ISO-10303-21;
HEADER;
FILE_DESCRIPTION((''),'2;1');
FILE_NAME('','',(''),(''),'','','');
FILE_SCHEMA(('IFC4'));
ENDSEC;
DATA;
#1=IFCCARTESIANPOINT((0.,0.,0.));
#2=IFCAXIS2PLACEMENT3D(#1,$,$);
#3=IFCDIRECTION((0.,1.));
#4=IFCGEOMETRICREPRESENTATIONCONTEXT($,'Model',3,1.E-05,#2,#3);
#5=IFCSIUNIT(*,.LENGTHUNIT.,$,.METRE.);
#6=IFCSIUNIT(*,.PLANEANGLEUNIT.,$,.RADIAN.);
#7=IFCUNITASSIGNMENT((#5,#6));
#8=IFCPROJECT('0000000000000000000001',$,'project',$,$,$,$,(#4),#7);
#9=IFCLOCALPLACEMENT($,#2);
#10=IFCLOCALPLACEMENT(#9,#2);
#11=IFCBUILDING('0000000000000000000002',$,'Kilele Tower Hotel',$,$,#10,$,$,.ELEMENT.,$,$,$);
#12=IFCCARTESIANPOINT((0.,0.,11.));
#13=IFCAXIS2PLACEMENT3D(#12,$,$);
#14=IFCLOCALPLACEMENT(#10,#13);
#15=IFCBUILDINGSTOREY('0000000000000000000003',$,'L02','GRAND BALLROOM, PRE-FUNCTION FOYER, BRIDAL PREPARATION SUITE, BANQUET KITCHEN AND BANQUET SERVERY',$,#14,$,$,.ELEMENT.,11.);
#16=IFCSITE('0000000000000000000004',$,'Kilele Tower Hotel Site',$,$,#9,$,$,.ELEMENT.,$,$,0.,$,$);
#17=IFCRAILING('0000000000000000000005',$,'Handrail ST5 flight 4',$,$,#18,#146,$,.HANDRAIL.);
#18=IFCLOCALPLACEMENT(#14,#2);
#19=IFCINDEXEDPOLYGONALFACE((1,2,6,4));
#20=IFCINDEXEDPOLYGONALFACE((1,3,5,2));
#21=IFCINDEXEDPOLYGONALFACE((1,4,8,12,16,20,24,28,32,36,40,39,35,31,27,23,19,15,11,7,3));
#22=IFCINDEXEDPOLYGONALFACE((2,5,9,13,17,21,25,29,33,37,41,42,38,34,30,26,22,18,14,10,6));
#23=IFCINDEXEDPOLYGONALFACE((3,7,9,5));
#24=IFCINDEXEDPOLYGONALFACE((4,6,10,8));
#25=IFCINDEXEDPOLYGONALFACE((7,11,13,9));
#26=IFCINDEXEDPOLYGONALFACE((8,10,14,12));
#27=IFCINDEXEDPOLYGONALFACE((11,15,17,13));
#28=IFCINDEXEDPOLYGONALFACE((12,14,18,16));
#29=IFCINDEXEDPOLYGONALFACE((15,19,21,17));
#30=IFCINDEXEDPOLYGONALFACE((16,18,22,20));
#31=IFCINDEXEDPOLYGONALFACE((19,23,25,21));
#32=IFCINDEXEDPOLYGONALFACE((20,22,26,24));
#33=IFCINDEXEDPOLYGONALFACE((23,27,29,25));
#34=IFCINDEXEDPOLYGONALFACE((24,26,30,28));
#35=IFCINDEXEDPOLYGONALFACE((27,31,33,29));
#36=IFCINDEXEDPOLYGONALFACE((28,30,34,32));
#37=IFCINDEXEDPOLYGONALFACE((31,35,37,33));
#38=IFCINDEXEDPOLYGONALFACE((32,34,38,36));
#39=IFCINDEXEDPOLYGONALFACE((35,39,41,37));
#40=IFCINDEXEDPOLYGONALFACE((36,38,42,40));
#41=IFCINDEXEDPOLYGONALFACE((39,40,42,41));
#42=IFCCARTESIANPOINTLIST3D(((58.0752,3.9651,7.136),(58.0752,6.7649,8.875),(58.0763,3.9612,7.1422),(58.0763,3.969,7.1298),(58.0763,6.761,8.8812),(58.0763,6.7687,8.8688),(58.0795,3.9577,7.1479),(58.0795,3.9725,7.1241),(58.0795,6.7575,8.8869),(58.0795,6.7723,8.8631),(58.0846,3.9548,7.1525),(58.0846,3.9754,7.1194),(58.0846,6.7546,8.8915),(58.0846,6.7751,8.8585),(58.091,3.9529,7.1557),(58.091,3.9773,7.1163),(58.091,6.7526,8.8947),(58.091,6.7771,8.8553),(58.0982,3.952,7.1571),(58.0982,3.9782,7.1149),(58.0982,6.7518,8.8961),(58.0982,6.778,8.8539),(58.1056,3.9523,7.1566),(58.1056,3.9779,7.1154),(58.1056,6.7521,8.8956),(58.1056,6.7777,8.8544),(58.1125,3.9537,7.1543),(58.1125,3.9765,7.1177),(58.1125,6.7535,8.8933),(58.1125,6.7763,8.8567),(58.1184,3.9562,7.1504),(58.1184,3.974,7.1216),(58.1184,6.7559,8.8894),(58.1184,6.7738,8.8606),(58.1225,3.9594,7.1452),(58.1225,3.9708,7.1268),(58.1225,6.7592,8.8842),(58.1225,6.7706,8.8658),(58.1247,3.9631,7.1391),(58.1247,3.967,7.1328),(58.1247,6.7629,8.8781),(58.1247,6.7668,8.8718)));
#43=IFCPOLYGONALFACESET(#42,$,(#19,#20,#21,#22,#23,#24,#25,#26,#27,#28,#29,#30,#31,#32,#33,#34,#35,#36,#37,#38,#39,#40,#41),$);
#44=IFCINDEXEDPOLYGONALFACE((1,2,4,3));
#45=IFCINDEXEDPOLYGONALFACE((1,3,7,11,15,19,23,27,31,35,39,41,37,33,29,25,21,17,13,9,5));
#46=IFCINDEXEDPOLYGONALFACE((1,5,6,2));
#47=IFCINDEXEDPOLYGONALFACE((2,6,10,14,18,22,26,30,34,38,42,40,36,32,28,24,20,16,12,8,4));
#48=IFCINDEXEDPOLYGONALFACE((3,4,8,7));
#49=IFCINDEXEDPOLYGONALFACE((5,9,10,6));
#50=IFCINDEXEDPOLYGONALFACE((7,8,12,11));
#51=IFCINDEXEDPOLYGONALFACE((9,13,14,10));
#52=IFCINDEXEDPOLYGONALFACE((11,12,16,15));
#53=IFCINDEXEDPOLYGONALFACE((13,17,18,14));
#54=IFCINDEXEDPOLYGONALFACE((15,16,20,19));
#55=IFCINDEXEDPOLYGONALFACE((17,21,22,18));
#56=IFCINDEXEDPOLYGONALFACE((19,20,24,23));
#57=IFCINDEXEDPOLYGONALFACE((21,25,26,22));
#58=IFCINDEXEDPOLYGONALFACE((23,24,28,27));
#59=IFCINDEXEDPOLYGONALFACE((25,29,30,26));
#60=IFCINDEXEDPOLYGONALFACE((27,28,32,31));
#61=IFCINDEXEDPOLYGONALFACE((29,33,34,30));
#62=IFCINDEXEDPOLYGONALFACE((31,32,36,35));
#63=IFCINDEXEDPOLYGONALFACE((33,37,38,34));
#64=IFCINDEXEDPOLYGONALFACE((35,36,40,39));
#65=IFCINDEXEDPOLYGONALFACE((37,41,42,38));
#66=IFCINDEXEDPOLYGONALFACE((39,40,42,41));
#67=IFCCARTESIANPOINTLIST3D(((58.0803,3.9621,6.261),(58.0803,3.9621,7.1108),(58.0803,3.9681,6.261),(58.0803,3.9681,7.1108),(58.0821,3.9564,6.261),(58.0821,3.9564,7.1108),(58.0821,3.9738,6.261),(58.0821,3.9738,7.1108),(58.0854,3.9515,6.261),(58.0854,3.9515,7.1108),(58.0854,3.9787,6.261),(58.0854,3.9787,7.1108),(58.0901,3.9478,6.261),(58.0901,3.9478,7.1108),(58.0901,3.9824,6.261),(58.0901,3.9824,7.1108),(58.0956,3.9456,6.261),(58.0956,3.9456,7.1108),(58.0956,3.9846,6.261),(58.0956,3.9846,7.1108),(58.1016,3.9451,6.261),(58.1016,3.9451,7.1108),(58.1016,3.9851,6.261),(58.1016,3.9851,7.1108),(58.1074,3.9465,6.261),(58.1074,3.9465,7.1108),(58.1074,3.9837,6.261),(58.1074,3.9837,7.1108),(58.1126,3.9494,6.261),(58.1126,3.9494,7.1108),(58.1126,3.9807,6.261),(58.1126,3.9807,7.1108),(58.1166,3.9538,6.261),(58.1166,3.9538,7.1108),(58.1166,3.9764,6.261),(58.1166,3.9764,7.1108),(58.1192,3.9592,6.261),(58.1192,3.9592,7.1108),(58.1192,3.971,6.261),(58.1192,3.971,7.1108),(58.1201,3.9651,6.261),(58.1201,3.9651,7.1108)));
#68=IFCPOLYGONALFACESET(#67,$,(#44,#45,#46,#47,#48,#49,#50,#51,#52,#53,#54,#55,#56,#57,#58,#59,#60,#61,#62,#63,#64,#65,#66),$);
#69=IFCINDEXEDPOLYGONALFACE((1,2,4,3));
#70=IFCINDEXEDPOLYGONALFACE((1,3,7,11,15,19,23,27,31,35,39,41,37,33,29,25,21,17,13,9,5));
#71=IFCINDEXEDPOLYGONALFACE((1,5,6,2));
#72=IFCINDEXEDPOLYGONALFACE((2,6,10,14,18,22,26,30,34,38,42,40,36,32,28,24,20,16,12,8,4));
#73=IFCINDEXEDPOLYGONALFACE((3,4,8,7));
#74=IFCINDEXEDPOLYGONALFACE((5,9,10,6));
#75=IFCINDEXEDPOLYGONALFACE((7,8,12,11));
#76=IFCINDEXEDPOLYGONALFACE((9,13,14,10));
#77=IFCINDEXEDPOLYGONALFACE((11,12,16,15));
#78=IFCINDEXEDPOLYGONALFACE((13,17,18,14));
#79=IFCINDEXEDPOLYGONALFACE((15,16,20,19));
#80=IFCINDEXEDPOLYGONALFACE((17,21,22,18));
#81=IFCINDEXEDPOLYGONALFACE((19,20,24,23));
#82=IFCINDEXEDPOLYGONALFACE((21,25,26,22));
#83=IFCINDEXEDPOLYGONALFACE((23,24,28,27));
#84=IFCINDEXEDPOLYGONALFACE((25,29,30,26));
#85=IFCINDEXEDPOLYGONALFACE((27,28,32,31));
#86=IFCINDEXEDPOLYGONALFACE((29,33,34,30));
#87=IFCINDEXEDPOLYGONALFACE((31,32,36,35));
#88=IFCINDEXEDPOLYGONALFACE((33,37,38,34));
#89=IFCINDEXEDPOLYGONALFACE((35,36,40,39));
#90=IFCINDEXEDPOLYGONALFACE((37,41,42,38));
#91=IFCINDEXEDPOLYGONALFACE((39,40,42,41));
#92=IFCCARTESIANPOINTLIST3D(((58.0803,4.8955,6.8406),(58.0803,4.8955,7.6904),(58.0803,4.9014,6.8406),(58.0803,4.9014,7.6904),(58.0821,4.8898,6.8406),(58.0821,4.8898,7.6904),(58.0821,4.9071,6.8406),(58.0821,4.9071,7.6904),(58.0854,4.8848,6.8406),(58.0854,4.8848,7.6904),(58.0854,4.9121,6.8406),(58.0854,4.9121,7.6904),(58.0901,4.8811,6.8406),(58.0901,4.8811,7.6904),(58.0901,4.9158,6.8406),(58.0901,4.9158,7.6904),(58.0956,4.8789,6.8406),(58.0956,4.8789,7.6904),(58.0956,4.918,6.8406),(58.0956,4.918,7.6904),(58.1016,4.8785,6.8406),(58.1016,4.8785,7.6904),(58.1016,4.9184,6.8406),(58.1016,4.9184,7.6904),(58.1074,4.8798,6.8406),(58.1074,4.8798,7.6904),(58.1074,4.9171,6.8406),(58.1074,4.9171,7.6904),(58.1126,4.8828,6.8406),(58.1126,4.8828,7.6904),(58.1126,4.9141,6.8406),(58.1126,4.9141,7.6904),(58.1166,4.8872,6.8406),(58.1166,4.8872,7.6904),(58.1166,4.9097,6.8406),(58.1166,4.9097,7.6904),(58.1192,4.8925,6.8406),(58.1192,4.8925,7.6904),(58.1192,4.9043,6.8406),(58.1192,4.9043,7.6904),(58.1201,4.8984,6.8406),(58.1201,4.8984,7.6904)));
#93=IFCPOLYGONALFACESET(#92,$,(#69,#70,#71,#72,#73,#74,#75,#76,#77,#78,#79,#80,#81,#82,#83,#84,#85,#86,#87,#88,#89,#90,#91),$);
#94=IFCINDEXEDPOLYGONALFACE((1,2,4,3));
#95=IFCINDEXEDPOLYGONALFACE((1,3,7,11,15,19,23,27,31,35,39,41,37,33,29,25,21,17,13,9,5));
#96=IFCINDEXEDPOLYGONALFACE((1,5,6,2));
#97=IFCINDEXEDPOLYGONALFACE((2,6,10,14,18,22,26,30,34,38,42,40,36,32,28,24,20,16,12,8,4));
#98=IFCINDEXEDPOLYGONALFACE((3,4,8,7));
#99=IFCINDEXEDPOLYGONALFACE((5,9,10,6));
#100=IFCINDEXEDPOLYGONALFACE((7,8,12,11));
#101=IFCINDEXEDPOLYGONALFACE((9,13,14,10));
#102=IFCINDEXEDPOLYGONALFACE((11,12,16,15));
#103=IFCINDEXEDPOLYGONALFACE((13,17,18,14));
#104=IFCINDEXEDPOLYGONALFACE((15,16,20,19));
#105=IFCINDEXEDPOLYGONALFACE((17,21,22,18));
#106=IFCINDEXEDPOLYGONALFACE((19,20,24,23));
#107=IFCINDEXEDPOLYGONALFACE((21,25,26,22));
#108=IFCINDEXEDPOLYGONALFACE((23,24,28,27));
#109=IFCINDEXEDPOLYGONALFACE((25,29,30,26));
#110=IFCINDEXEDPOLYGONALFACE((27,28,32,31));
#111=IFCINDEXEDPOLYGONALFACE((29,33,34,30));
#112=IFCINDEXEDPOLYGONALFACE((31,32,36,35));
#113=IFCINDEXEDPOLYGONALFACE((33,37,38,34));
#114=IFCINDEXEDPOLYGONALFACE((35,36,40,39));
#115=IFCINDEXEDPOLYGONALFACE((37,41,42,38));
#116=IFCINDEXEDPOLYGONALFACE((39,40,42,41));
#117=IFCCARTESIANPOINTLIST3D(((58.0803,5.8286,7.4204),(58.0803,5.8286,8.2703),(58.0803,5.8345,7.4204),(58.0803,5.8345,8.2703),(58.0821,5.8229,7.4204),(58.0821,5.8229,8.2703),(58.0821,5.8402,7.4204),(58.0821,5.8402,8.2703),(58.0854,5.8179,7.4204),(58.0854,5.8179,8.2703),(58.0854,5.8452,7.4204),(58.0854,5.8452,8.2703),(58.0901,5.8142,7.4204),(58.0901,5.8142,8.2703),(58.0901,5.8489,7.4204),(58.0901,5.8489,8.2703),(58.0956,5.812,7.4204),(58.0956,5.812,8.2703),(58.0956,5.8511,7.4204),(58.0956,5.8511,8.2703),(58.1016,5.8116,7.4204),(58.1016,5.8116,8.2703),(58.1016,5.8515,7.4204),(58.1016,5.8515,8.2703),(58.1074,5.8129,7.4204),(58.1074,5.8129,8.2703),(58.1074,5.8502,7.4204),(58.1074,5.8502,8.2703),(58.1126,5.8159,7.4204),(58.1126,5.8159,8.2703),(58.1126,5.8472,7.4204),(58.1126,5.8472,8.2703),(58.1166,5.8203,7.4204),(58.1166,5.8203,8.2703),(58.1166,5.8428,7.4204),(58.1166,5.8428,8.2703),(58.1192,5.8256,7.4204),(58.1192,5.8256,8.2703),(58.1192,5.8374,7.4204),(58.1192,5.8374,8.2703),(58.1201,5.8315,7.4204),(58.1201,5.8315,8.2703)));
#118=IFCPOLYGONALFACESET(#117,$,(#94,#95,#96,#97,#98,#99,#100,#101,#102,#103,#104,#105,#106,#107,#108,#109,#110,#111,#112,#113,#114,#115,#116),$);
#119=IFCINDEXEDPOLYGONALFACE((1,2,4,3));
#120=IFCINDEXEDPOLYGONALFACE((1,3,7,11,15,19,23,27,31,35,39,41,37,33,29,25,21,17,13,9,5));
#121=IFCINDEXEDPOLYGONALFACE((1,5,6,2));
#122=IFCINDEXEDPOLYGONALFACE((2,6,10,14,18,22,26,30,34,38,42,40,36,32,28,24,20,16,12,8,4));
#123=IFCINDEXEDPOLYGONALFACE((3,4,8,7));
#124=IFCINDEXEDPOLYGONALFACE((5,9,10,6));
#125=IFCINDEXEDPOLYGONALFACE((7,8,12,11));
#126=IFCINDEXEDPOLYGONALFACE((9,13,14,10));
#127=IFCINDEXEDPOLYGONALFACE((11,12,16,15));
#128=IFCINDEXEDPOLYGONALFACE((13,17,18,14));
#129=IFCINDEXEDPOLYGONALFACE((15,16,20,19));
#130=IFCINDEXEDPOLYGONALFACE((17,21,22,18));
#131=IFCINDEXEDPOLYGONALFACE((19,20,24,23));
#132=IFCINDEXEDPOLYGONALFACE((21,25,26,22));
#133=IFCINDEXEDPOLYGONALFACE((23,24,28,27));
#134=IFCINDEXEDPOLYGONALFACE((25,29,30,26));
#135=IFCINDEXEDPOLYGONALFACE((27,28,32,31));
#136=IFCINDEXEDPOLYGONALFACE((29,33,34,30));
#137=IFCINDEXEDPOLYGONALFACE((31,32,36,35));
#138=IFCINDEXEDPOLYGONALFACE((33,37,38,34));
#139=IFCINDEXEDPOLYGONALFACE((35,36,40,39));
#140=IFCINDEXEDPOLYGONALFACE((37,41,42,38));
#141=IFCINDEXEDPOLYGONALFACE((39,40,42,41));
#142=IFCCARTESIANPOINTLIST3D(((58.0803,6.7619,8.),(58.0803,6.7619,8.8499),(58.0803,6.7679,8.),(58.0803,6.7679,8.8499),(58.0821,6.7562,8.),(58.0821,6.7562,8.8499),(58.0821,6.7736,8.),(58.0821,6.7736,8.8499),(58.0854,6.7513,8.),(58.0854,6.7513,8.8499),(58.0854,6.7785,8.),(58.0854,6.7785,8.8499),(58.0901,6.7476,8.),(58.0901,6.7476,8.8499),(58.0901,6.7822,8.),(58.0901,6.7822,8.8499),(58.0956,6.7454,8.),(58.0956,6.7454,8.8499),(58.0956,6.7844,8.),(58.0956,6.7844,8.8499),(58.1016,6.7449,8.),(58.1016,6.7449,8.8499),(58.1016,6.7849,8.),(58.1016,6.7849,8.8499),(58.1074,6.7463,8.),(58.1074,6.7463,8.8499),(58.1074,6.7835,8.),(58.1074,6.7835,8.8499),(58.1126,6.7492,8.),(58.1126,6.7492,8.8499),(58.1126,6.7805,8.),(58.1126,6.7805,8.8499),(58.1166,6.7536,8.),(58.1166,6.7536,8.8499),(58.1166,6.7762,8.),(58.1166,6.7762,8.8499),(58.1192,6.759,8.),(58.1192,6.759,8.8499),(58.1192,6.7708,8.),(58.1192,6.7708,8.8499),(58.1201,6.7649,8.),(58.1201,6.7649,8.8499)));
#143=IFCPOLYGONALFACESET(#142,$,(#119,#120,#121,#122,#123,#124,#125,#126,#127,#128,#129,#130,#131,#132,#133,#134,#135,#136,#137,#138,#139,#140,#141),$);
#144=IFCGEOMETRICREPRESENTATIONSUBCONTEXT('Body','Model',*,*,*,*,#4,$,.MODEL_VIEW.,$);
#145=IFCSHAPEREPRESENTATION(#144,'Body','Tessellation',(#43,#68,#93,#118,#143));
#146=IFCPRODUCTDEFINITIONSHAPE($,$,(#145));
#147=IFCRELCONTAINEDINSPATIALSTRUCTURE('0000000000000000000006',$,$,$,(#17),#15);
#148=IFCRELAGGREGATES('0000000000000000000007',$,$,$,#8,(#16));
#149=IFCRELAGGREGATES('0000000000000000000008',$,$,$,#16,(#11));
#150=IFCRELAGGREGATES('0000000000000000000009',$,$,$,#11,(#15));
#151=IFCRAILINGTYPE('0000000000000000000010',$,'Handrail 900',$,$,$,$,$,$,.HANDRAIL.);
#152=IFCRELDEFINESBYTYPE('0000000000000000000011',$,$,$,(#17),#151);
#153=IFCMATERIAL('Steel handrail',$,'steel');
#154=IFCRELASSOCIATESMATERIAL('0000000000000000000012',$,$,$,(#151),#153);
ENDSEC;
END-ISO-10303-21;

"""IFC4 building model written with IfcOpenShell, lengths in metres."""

from ifc_helpers import new_model, si_unit, direction, frame, origin, origin_2d, place, context, subcontext, project, spatial, circle, extrude, material, type_object, element, save


model = new_model("IFC4")

# Units and contexts
model_context = context("Model", 3, precision=1e-05, world=origin(), true_north=direction((0.0, 1.0)))
body_context = subcontext(model_context, "Body", "Model", "MODEL_VIEW")
ifc_project = project(units=[si_unit("LENGTHUNIT", "METRE"), si_unit("PLANEANGLEUNIT", "RADIAN")], contexts=[model_context])

# Site, building, storey
site_placement = place(None, origin())
site = spatial("IfcSite", under=ifc_project, at=site_placement, Name="Kilele Tower Hotel Site", CompositionType="ELEMENT", RefElevation=0.0)
building_placement = place(site_placement, origin())
building = spatial("IfcBuilding", under=site, at=building_placement, Name="Kilele Tower Hotel", CompositionType="ELEMENT")
storey_placement = place(building_placement, frame((0.0, 0.0, 11.0)))
storey = spatial("IfcBuildingStorey", under=building, at=storey_placement, Name="L02", Description="GRAND BALLROOM, PRE-FUNCTION FOYER, BRIDAL PREPARATION SUITE, BANQUET KITCHEN AND BANQUET SERVERY", CompositionType="ELEMENT", Elevation=11.0)

# Railing
ifc_material_1 = material(Name="Steel handrail", Category="steel")
railing_type_1 = type_object("IfcRailingType", Name="Handrail 900", PredefinedType="HANDRAIL", material=ifc_material_1)
for number, where, name in (
    (1, (58.1001, 3.9651, 6.261), "Handrail ST5 flight 4"),
):
    element("IfcRailing", number, at=place(storey_placement, frame(where)), inside=storey, type_object=railing_type_1, Name=name, PredefinedType="HANDRAIL", context=body_context, shape_type="SweptSolid", body=[
        extrude(circle(Radius=0.0249, at=origin_2d()), frame((0.0, 0.0, 0.875), z_axis=(0.0, 0.849476, 0.527627), x_axis=(-1.0, 0.0, 0.0)), (0.0, 0.0, 1.0), 3.2959),
        extrude(circle(Radius=0.02, at=origin_2d()), origin(), (0.0, 0.0, 1.0), 0.8499),
        extrude(circle(Radius=0.02, at=origin_2d()), frame((0.0, 0.9333, 0.5796)), (0.0, 0.0, 1.0), 0.8499),
        extrude(circle(Radius=0.02, at=origin_2d()), frame((0.0, 1.8665, 1.1594)), (0.0, 0.0, 1.0), 0.8499),
        extrude(circle(Radius=0.02, at=origin_2d()), frame((0.0, 2.7998, 1.739)), (0.0, 0.0, 1.0), 0.8499),
    ])

save(model, "model.ifc")
